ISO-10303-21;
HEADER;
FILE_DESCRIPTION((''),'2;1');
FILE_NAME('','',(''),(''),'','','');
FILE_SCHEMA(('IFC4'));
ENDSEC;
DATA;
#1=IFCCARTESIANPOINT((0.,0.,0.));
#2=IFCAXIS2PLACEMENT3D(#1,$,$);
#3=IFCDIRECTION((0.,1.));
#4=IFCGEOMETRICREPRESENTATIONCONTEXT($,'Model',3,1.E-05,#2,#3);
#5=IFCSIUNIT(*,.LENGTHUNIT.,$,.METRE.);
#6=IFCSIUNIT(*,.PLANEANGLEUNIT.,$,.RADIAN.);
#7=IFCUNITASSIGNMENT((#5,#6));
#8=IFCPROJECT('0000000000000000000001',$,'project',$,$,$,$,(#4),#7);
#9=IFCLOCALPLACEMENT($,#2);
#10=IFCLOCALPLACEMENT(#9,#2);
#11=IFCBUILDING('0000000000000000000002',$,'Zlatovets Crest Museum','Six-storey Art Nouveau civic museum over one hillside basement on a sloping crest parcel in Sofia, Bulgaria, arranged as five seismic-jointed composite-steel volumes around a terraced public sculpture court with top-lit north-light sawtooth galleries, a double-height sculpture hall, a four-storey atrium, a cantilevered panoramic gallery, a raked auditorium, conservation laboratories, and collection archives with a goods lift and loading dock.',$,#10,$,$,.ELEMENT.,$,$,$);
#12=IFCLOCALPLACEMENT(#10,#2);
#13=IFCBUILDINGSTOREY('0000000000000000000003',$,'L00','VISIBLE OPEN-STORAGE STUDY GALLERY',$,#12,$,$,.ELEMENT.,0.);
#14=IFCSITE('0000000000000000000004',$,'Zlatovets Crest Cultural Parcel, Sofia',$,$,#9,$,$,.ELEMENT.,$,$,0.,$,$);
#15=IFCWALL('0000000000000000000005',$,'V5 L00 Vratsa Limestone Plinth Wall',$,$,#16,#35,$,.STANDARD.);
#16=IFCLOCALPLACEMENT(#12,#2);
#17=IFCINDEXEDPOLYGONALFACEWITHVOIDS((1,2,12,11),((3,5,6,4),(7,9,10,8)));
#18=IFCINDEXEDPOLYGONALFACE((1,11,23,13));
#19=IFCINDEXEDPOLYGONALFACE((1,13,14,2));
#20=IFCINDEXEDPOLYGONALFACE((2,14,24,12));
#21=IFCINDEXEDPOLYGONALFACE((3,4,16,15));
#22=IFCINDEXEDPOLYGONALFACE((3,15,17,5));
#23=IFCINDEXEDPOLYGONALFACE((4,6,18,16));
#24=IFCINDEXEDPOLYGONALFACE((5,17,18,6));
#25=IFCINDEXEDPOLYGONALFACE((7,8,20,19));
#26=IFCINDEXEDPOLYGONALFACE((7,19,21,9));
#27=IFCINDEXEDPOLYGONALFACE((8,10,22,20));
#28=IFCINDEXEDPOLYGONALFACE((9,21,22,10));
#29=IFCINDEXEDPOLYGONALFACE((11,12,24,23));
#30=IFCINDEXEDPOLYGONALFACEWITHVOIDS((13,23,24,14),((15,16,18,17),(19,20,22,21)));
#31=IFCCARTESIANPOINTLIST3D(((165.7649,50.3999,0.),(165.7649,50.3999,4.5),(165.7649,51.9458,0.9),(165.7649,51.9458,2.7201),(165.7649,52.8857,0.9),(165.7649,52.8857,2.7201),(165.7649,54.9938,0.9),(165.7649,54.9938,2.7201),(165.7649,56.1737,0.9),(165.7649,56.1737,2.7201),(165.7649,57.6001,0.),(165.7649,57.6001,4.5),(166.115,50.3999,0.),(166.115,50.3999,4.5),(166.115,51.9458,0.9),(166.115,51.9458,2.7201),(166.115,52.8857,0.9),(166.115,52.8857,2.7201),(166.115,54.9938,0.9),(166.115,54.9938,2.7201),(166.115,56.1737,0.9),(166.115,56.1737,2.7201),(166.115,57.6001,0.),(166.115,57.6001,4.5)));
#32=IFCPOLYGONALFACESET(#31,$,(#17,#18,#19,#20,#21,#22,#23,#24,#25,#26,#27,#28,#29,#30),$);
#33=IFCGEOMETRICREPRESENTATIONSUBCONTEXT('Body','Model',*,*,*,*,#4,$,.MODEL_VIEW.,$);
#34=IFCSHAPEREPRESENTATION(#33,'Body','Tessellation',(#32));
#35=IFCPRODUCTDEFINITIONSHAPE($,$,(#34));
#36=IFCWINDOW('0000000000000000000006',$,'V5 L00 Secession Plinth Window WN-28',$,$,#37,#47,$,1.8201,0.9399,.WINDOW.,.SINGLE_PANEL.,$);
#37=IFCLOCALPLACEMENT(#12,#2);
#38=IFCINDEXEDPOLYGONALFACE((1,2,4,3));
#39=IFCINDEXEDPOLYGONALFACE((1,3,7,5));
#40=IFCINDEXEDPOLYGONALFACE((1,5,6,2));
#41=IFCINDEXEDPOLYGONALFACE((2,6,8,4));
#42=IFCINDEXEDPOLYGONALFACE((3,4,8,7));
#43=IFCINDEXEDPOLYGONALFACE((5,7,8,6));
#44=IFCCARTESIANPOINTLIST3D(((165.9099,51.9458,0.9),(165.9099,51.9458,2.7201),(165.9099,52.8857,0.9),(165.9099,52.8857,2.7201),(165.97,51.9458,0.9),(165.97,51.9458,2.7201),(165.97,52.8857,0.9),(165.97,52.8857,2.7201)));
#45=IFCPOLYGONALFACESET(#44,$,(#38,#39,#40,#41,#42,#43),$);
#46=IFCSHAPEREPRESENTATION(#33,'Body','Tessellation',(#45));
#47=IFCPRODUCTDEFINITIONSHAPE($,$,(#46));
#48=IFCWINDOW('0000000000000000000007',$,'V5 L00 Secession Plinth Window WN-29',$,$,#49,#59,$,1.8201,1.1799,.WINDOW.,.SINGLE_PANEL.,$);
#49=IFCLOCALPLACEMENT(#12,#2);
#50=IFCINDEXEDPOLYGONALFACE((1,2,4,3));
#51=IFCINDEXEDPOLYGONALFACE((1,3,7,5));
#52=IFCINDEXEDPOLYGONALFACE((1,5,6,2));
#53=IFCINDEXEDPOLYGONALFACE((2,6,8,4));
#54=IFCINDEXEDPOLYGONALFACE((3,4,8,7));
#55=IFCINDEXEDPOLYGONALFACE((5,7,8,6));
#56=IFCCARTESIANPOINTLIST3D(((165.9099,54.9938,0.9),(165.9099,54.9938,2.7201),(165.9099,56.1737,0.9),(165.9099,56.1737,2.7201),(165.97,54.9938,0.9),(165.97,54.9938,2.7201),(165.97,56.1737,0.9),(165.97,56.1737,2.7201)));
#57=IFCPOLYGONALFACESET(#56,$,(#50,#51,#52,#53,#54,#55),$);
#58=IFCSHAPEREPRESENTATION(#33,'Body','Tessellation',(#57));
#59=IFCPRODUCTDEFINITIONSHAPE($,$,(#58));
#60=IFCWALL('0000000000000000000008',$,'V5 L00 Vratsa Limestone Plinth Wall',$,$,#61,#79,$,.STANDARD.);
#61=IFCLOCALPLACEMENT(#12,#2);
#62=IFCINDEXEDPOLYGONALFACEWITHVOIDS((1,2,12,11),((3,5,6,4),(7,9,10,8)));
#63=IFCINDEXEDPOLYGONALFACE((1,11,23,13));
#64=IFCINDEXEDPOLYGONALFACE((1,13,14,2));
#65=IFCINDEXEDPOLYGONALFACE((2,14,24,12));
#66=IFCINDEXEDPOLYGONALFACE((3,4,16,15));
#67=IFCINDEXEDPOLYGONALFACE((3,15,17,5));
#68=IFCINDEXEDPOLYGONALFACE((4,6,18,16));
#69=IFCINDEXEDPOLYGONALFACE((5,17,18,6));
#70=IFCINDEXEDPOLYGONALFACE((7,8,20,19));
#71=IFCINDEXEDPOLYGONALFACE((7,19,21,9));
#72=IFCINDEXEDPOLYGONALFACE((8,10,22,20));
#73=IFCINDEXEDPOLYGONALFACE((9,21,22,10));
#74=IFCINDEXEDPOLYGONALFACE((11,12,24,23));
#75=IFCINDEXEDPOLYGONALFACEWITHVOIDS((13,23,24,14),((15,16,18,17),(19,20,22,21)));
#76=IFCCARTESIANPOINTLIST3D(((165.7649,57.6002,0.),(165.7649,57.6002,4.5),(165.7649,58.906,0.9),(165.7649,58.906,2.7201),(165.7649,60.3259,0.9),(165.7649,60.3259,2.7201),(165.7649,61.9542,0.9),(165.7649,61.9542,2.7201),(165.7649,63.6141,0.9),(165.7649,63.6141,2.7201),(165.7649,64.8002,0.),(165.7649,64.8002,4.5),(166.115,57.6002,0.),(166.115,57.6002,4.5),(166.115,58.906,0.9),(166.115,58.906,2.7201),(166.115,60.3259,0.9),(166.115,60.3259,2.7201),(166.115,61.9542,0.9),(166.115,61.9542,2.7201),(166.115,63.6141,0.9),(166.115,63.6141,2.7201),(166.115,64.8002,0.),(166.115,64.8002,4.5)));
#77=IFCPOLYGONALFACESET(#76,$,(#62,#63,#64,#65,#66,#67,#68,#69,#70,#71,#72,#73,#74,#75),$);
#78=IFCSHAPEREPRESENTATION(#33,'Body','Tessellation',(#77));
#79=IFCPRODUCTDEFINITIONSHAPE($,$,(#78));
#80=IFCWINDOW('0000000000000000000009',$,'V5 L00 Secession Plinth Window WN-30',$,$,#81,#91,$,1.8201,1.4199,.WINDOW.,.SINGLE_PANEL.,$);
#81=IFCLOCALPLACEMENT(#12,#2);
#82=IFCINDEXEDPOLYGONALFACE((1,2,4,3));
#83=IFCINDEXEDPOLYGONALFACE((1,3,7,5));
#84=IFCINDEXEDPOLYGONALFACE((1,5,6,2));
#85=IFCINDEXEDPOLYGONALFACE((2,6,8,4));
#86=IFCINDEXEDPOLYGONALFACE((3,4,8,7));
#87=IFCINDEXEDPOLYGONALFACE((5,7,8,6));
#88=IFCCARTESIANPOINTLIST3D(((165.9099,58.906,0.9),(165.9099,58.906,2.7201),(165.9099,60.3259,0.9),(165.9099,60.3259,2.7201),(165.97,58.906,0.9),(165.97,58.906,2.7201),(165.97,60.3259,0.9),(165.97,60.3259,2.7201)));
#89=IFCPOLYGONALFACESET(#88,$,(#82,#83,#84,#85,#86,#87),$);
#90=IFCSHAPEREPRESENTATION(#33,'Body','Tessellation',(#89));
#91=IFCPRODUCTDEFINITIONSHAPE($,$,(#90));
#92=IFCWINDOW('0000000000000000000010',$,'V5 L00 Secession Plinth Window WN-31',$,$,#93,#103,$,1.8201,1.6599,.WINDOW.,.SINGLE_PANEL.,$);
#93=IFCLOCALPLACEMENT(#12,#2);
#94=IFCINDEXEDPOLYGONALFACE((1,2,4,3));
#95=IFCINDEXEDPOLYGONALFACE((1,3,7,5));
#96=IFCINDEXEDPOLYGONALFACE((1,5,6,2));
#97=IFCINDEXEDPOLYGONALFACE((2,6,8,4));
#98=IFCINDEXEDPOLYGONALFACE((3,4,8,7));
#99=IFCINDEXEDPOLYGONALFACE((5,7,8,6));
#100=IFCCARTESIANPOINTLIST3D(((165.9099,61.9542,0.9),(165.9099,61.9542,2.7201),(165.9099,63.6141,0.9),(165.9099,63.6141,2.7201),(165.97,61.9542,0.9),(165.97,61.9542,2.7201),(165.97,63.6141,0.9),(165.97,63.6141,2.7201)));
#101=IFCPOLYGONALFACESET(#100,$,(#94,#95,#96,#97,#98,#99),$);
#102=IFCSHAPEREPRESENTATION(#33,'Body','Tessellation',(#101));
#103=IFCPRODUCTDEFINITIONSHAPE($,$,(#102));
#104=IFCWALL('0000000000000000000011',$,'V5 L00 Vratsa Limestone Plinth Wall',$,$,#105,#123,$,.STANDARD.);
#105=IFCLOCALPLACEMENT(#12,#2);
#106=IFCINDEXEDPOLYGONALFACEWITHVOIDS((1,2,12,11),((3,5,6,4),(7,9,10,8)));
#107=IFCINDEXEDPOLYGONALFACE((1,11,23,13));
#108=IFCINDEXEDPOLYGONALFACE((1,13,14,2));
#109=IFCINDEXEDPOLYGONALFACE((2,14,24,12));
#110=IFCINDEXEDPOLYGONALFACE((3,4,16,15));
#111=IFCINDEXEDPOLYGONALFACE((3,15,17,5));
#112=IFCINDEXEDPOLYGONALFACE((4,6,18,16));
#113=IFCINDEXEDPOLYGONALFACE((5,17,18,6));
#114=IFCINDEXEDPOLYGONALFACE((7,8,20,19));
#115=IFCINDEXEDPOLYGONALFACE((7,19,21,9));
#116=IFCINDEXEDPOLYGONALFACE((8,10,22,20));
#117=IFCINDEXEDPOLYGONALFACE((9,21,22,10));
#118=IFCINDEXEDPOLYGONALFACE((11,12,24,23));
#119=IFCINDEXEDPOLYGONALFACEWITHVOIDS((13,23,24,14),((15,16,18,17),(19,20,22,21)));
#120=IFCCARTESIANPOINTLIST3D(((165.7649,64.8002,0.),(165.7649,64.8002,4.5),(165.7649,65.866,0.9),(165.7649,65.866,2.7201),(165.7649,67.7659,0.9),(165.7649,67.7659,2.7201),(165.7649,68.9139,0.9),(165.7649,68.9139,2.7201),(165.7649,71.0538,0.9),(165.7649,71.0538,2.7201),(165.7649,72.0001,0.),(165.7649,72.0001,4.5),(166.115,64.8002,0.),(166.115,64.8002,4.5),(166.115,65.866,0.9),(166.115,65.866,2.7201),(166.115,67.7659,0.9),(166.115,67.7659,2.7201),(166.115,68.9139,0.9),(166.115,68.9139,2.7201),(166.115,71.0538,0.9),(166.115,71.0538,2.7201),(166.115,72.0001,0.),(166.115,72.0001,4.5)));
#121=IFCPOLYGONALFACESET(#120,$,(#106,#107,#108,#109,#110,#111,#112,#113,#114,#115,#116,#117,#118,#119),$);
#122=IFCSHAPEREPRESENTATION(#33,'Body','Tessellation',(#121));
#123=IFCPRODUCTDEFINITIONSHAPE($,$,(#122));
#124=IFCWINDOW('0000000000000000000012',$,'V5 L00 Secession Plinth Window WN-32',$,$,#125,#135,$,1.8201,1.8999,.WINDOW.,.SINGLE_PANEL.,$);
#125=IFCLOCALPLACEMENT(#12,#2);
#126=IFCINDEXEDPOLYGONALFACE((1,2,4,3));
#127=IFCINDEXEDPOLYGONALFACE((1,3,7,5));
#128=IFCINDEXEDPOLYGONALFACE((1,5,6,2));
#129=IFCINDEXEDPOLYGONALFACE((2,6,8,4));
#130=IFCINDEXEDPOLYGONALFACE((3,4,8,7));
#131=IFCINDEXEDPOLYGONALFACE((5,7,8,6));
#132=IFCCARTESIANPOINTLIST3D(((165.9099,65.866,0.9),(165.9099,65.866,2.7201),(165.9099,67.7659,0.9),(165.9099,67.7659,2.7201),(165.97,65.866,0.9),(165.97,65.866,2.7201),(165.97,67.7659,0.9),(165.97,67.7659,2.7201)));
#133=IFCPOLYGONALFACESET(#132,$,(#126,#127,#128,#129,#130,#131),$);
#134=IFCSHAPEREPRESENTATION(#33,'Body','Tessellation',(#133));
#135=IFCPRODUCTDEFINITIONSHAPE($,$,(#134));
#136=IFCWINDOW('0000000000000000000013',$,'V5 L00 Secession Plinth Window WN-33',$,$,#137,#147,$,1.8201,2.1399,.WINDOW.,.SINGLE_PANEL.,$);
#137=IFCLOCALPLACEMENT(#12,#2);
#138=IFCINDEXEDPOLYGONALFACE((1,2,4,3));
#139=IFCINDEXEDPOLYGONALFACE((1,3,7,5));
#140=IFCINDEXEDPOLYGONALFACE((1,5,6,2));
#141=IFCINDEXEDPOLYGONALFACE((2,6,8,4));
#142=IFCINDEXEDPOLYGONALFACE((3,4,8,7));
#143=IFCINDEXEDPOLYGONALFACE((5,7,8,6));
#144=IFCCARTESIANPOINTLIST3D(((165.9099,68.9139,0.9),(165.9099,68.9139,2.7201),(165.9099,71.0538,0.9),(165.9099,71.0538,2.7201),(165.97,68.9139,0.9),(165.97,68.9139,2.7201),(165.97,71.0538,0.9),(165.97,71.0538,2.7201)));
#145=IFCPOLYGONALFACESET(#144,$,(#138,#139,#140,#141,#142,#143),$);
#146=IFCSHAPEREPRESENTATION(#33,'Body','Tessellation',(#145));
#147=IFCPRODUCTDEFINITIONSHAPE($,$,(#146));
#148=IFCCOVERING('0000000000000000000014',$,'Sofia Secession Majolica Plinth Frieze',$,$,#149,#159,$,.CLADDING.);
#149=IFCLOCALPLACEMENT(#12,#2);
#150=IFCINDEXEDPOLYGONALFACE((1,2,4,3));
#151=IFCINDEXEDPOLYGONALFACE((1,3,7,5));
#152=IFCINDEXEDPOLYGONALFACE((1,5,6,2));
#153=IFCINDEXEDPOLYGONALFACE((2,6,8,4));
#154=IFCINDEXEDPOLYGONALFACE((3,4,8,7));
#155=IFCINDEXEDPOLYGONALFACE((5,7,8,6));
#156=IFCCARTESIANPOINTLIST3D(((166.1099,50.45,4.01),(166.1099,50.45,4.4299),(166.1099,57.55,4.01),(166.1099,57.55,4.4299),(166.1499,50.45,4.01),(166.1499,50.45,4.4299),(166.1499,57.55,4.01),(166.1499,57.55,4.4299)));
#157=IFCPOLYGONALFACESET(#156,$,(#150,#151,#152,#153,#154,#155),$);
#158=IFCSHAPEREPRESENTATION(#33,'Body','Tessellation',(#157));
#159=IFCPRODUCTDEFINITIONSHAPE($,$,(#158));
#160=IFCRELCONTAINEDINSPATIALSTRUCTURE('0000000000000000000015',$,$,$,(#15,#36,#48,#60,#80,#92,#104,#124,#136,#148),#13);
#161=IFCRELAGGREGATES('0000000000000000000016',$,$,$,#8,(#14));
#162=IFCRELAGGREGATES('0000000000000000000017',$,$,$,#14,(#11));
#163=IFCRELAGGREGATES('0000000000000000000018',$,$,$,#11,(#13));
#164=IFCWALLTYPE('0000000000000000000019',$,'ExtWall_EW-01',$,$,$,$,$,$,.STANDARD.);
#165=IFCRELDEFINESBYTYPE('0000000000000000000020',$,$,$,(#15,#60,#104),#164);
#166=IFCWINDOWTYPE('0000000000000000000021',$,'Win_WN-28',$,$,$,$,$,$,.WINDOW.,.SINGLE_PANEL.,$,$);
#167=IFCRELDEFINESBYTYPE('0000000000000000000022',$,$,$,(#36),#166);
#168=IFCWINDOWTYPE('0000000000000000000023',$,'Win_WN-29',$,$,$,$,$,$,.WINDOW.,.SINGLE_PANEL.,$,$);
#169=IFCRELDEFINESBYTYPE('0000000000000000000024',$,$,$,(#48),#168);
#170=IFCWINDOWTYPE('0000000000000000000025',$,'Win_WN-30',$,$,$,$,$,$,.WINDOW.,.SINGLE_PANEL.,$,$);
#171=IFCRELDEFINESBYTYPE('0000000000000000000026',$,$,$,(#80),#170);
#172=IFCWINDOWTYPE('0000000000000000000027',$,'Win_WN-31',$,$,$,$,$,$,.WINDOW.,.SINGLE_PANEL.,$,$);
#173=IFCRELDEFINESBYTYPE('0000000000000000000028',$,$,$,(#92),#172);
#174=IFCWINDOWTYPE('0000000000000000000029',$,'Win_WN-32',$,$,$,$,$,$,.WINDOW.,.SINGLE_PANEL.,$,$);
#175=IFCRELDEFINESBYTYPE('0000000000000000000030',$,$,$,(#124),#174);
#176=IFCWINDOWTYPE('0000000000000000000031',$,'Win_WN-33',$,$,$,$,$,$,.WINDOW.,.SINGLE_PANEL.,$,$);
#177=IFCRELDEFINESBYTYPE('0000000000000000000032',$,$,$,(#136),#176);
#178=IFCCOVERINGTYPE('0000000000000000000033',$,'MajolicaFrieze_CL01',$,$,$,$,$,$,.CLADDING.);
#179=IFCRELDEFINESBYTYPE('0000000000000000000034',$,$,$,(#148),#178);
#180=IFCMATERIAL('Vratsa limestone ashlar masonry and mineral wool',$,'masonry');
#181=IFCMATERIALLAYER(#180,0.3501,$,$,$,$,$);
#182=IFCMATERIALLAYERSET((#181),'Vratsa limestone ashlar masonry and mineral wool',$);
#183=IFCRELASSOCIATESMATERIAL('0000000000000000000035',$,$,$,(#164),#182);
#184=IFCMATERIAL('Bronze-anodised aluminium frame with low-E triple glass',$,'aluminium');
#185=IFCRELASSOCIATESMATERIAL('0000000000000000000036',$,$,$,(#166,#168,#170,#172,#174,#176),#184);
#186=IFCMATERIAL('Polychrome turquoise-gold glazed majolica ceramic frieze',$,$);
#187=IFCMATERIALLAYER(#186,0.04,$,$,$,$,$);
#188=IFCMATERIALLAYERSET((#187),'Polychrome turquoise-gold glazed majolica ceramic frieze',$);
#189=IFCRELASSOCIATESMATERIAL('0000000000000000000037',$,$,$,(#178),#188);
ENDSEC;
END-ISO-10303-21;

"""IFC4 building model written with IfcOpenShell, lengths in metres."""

from ifc_helpers import new_model, si_unit, direction, frame, frame_2d, origin, origin_2d, place, context, subcontext, project, spatial, rectangle, extrude, material, layer, layer_set, type_object, element, fill, save


model = new_model("IFC4")

# Units and contexts
model_context = context("Model", 3, precision=1e-05, world=origin(), true_north=direction((0.0, 1.0)))
body_context = subcontext(model_context, "Body", "Model", "MODEL_VIEW")
ifc_project = project(units=[si_unit("LENGTHUNIT", "METRE"), si_unit("PLANEANGLEUNIT", "RADIAN")], contexts=[model_context])

# Site, building, storey
site_placement = place(None, origin())
site = spatial("IfcSite", under=ifc_project, at=site_placement, Name="Zlatovets Crest Cultural Parcel, Sofia", CompositionType="ELEMENT", RefElevation=0.0)
building_placement = place(site_placement, origin())
building = spatial("IfcBuilding", under=site, at=building_placement, Name="Zlatovets Crest Museum", Description="Six-storey Art Nouveau civic museum over one hillside basement on a sloping crest parcel in Sofia, Bulgaria, arranged as five seismic-jointed composite-steel volumes around a terraced public sculpture court with top-lit north-light sawtooth galleries, a double-height sculpture hall, a four-storey atrium, a cantilevered panoramic gallery, a raked auditorium, conservation laboratories, and collection archives with a goods lift and loading dock.", CompositionType="ELEMENT")
storey_placement = place(building_placement, origin())
storey = spatial("IfcBuildingStorey", under=building, at=storey_placement, Name="L00", Description="VISIBLE OPEN-STORAGE STUDY GALLERY", CompositionType="ELEMENT", Elevation=0.0)

# Walls, openings, windows
ifc_material_1 = material(Name="Vratsa limestone ashlar masonry and mineral wool", Category="masonry")
ifc_layer_1 = layer(ifc_material_1, 0.3501)
ifc_layer_set_1 = layer_set([ifc_layer_1], Name="Vratsa limestone ashlar masonry and mineral wool")
wall_type = type_object("IfcWallType", Name="ExtWall_EW-01", PredefinedType="STANDARD", material=ifc_layer_set_1)
wall_1_placement = place(storey_placement, frame((165.9399, 50.3999, 0.0), z_axis=(0.0, 0.0, 1.0), x_axis=(0.0, 1.0, 0.0)))
wall_1 = element("IfcWall", 1, at=wall_1_placement, inside=storey, type_object=wall_type, Name="V5 L00 Vratsa Limestone Plinth Wall", PredefinedType="STANDARD", context=body_context, shape_type="SweptSolid", body=[
    extrude(rectangle(XDim=7.2002, YDim=0.3501, at=frame_2d((3.6001, 0.0))), origin(), (0.0, 0.0, 1.0), 4.5),
])
opening_1_placement = place(wall_1_placement, frame((1.5459, 0.0, 0.8999)))
opening_1 = element("IfcOpeningElement", 2, at=opening_1_placement, cuts=wall_1, PredefinedType="OPENING", context=body_context, shape_type="SweptSolid", body=[
    extrude(rectangle(XDim=0.9399, YDim=1.8201, at=frame_2d((0.47, 0.9102))), frame((0.0, 0.1851, 0.0), z_axis=(0.0, -1.0, 0.0), x_axis=(1.0, 0.0, 0.0)), (0.0, 0.0, 1.0), 0.3701),
])
opening_2_placement = place(wall_1_placement, frame((4.594, 0.0, 0.8999)))
opening_2 = element("IfcOpeningElement", 3, at=opening_2_placement, cuts=wall_1, PredefinedType="OPENING", context=body_context, shape_type="SweptSolid", body=[
    extrude(rectangle(XDim=1.1799, YDim=1.8201, at=frame_2d((0.5898, 0.9102))), frame((0.0, 0.1851, 0.0), z_axis=(0.0, -1.0, 0.0), x_axis=(1.0, 0.0, 0.0)), (0.0, 0.0, 1.0), 0.3701),
])
ifc_material_2 = material(Name="Bronze-anodised aluminium frame with low-E triple glass", Category="aluminium")
window_type_1 = type_object("IfcWindowType", Name="Win_WN-28", PartitioningType="SINGLE_PANEL", PredefinedType="WINDOW", material=ifc_material_2)
window_1_placement = place(opening_1_placement, origin())
window_1 = element("IfcWindow", 4, at=window_1_placement, inside=storey, type_object=window_type_1, Name="V5 L00 Secession Plinth Window WN-28", OverallHeight=1.8201, OverallWidth=0.9399, PartitioningType="SINGLE_PANEL", PredefinedType="WINDOW", context=body_context, shape_type="SweptSolid", body=[
    extrude(rectangle(XDim=0.9399, YDim=1.8201, at=frame_2d((0.47, 0.9102))), frame((0.0, 0.03, 0.0), z_axis=(0.0, -1.0, 0.0), x_axis=(1.0, 0.0, 0.0)), (0.0, 0.0, 1.0), 0.0601),
])
fill(opening_1, window_1)
window_type_2 = type_object("IfcWindowType", Name="Win_WN-29", PartitioningType="SINGLE_PANEL", PredefinedType="WINDOW", material=ifc_material_2)
window_2_placement = place(opening_2_placement, origin())
window_2 = element("IfcWindow", 5, at=window_2_placement, inside=storey, type_object=window_type_2, Name="V5 L00 Secession Plinth Window WN-29", OverallHeight=1.8201, OverallWidth=1.1799, PartitioningType="SINGLE_PANEL", PredefinedType="WINDOW", context=body_context, shape_type="SweptSolid", body=[
    extrude(rectangle(XDim=1.1799, YDim=1.8201, at=frame_2d((0.5898, 0.9102))), frame((0.0, 0.03, 0.0), z_axis=(0.0, -1.0, 0.0), x_axis=(1.0, 0.0, 0.0)), (0.0, 0.0, 1.0), 0.0601),
])
fill(opening_2, window_2)
wall_2_placement = place(storey_placement, frame((165.9399, 57.6001, 0.0), z_axis=(0.0, 0.0, 1.0), x_axis=(0.0, 1.0, 0.0)))
wall_2 = element("IfcWall", 6, at=wall_2_placement, inside=storey, type_object=wall_type, Name="V5 L00 Vratsa Limestone Plinth Wall", PredefinedType="STANDARD", context=body_context, shape_type="SweptSolid", body=[
    extrude(rectangle(XDim=7.2, YDim=0.3501, at=frame_2d((3.6001, 0.0))), origin(), (0.0, 0.0, 1.0), 4.5),
])
opening_3_placement = place(wall_2_placement, frame((1.3059, 0.0, 0.8999)))
opening_3 = element("IfcOpeningElement", 7, at=opening_3_placement, cuts=wall_2, PredefinedType="OPENING", context=body_context, shape_type="SweptSolid", body=[
    extrude(rectangle(XDim=1.4199, YDim=1.8201, at=frame_2d((0.71, 0.9102))), frame((0.0, 0.1851, 0.0), z_axis=(0.0, -1.0, 0.0), x_axis=(1.0, 0.0, 0.0)), (0.0, 0.0, 1.0), 0.3701),
])
opening_4_placement = place(wall_2_placement, frame((4.354, 0.0, 0.8999)))
opening_4 = element("IfcOpeningElement", 8, at=opening_4_placement, cuts=wall_2, PredefinedType="OPENING", context=body_context, shape_type="SweptSolid", body=[
    extrude(rectangle(XDim=1.6599, YDim=1.8201, at=frame_2d((0.8301, 0.9102))), frame((0.0, 0.1851, 0.0), z_axis=(0.0, -1.0, 0.0), x_axis=(1.0, 0.0, 0.0)), (0.0, 0.0, 1.0), 0.3701),
])
window_type_3 = type_object("IfcWindowType", Name="Win_WN-30", PartitioningType="SINGLE_PANEL", PredefinedType="WINDOW", material=ifc_material_2)
window_3_placement = place(opening_3_placement, origin())
window_3 = element("IfcWindow", 9, at=window_3_placement, inside=storey, type_object=window_type_3, Name="V5 L00 Secession Plinth Window WN-30", OverallHeight=1.8201, OverallWidth=1.4199, PartitioningType="SINGLE_PANEL", PredefinedType="WINDOW", context=body_context, shape_type="SweptSolid", body=[
    extrude(rectangle(XDim=1.4199, YDim=1.8201, at=frame_2d((0.71, 0.9102))), frame((0.0, 0.03, 0.0), z_axis=(0.0, -1.0, 0.0), x_axis=(1.0, 0.0, 0.0)), (0.0, 0.0, 1.0), 0.0601),
])
fill(opening_3, window_3)
window_type_4 = type_object("IfcWindowType", Name="Win_WN-31", PartitioningType="SINGLE_PANEL", PredefinedType="WINDOW", material=ifc_material_2)
window_4_placement = place(opening_4_placement, origin())
window_4 = element("IfcWindow", 10, at=window_4_placement, inside=storey, type_object=window_type_4, Name="V5 L00 Secession Plinth Window WN-31", OverallHeight=1.8201, OverallWidth=1.6599, PartitioningType="SINGLE_PANEL", PredefinedType="WINDOW", context=body_context, shape_type="SweptSolid", body=[
    extrude(rectangle(XDim=1.6599, YDim=1.8201, at=frame_2d((0.8301, 0.9102))), frame((0.0, 0.03, 0.0), z_axis=(0.0, -1.0, 0.0), x_axis=(1.0, 0.0, 0.0)), (0.0, 0.0, 1.0), 0.0601),
])
fill(opening_4, window_4)
wall_3_placement = place(storey_placement, frame((165.9399, 64.8, 0.0), z_axis=(0.0, 0.0, 1.0), x_axis=(0.0, 1.0, 0.0)))
wall_3 = element("IfcWall", 11, at=wall_3_placement, inside=storey, type_object=wall_type, Name="V5 L00 Vratsa Limestone Plinth Wall", PredefinedType="STANDARD", context=body_context, shape_type="SweptSolid", body=[
    extrude(rectangle(XDim=7.2, YDim=0.3501, at=frame_2d((3.6001, 0.0))), origin(), (0.0, 0.0, 1.0), 4.5),
])
opening_5_placement = place(wall_3_placement, frame((1.0659, 0.0, 0.8999)))
opening_5 = element("IfcOpeningElement", 12, at=opening_5_placement, cuts=wall_3, PredefinedType="OPENING", context=body_context, shape_type="SweptSolid", body=[
    extrude(rectangle(XDim=1.8999, YDim=1.8201, at=frame_2d((0.95, 0.9102))), frame((0.0, 0.1851, 0.0), z_axis=(0.0, -1.0, 0.0), x_axis=(1.0, 0.0, 0.0)), (0.0, 0.0, 1.0), 0.3701),
])
opening_6_placement = place(wall_3_placement, frame((4.114, 0.0, 0.8999)))
opening_6 = element("IfcOpeningElement", 13, at=opening_6_placement, cuts=wall_3, PredefinedType="OPENING", context=body_context, shape_type="SweptSolid", body=[
    extrude(rectangle(XDim=2.1399, YDim=1.8201, at=frame_2d((1.0698, 0.9102))), frame((0.0, 0.1851, 0.0), z_axis=(0.0, -1.0, 0.0), x_axis=(1.0, 0.0, 0.0)), (0.0, 0.0, 1.0), 0.3701),
])
window_type_5 = type_object("IfcWindowType", Name="Win_WN-32", PartitioningType="SINGLE_PANEL", PredefinedType="WINDOW", material=ifc_material_2)
window_5_placement = place(opening_5_placement, origin())
window_5 = element("IfcWindow", 14, at=window_5_placement, inside=storey, type_object=window_type_5, Name="V5 L00 Secession Plinth Window WN-32", OverallHeight=1.8201, OverallWidth=1.8999, PartitioningType="SINGLE_PANEL", PredefinedType="WINDOW", context=body_context, shape_type="SweptSolid", body=[
    extrude(rectangle(XDim=1.8999, YDim=1.8201, at=frame_2d((0.95, 0.9102))), frame((0.0, 0.03, 0.0), z_axis=(0.0, -1.0, 0.0), x_axis=(1.0, 0.0, 0.0)), (0.0, 0.0, 1.0), 0.0601),
])
fill(opening_5, window_5)
window_type_6 = type_object("IfcWindowType", Name="Win_WN-33", PartitioningType="SINGLE_PANEL", PredefinedType="WINDOW", material=ifc_material_2)
window_6_placement = place(opening_6_placement, origin())
window_6 = element("IfcWindow", 15, at=window_6_placement, inside=storey, type_object=window_type_6, Name="V5 L00 Secession Plinth Window WN-33", OverallHeight=1.8201, OverallWidth=2.1399, PartitioningType="SINGLE_PANEL", PredefinedType="WINDOW", context=body_context, shape_type="SweptSolid", body=[
    extrude(rectangle(XDim=2.1399, YDim=1.8201, at=frame_2d((1.0698, 0.9102))), frame((0.0, 0.03, 0.0), z_axis=(0.0, -1.0, 0.0), x_axis=(1.0, 0.0, 0.0)), (0.0, 0.0, 1.0), 0.0601),
])
fill(opening_6, window_6)

# Covering
ifc_material_3 = material(Name="Polychrome turquoise-gold glazed majolica ceramic frieze")
ifc_layer_2 = layer(ifc_material_3, 0.04)
ifc_layer_set_2 = layer_set([ifc_layer_2], Name="Polychrome turquoise-gold glazed majolica ceramic frieze")
covering_type = type_object("IfcCoveringType", Name="MajolicaFrieze_CL01", PredefinedType="CLADDING", material=ifc_layer_set_2)
for number, where, z_axis, x_axis, name in (
    (16, (166.1299, 54.0, 4.01), (0.0, 0.0, 1.0), (0.0, 1.0, 0.0), "Sofia Secession Majolica Plinth Frieze"),
):
    element("IfcCovering", number, at=place(storey_placement, frame(where, z_axis=z_axis, x_axis=x_axis)), inside=storey, type_object=covering_type, Name=name, PredefinedType="CLADDING", context=body_context, shape_type="SweptSolid", body=[
        extrude(rectangle(XDim=7.1001, YDim=0.04, at=origin_2d()), origin(), (0.0, 0.0, 1.0), 0.4199),
    ])

save(model, "model.ifc")
